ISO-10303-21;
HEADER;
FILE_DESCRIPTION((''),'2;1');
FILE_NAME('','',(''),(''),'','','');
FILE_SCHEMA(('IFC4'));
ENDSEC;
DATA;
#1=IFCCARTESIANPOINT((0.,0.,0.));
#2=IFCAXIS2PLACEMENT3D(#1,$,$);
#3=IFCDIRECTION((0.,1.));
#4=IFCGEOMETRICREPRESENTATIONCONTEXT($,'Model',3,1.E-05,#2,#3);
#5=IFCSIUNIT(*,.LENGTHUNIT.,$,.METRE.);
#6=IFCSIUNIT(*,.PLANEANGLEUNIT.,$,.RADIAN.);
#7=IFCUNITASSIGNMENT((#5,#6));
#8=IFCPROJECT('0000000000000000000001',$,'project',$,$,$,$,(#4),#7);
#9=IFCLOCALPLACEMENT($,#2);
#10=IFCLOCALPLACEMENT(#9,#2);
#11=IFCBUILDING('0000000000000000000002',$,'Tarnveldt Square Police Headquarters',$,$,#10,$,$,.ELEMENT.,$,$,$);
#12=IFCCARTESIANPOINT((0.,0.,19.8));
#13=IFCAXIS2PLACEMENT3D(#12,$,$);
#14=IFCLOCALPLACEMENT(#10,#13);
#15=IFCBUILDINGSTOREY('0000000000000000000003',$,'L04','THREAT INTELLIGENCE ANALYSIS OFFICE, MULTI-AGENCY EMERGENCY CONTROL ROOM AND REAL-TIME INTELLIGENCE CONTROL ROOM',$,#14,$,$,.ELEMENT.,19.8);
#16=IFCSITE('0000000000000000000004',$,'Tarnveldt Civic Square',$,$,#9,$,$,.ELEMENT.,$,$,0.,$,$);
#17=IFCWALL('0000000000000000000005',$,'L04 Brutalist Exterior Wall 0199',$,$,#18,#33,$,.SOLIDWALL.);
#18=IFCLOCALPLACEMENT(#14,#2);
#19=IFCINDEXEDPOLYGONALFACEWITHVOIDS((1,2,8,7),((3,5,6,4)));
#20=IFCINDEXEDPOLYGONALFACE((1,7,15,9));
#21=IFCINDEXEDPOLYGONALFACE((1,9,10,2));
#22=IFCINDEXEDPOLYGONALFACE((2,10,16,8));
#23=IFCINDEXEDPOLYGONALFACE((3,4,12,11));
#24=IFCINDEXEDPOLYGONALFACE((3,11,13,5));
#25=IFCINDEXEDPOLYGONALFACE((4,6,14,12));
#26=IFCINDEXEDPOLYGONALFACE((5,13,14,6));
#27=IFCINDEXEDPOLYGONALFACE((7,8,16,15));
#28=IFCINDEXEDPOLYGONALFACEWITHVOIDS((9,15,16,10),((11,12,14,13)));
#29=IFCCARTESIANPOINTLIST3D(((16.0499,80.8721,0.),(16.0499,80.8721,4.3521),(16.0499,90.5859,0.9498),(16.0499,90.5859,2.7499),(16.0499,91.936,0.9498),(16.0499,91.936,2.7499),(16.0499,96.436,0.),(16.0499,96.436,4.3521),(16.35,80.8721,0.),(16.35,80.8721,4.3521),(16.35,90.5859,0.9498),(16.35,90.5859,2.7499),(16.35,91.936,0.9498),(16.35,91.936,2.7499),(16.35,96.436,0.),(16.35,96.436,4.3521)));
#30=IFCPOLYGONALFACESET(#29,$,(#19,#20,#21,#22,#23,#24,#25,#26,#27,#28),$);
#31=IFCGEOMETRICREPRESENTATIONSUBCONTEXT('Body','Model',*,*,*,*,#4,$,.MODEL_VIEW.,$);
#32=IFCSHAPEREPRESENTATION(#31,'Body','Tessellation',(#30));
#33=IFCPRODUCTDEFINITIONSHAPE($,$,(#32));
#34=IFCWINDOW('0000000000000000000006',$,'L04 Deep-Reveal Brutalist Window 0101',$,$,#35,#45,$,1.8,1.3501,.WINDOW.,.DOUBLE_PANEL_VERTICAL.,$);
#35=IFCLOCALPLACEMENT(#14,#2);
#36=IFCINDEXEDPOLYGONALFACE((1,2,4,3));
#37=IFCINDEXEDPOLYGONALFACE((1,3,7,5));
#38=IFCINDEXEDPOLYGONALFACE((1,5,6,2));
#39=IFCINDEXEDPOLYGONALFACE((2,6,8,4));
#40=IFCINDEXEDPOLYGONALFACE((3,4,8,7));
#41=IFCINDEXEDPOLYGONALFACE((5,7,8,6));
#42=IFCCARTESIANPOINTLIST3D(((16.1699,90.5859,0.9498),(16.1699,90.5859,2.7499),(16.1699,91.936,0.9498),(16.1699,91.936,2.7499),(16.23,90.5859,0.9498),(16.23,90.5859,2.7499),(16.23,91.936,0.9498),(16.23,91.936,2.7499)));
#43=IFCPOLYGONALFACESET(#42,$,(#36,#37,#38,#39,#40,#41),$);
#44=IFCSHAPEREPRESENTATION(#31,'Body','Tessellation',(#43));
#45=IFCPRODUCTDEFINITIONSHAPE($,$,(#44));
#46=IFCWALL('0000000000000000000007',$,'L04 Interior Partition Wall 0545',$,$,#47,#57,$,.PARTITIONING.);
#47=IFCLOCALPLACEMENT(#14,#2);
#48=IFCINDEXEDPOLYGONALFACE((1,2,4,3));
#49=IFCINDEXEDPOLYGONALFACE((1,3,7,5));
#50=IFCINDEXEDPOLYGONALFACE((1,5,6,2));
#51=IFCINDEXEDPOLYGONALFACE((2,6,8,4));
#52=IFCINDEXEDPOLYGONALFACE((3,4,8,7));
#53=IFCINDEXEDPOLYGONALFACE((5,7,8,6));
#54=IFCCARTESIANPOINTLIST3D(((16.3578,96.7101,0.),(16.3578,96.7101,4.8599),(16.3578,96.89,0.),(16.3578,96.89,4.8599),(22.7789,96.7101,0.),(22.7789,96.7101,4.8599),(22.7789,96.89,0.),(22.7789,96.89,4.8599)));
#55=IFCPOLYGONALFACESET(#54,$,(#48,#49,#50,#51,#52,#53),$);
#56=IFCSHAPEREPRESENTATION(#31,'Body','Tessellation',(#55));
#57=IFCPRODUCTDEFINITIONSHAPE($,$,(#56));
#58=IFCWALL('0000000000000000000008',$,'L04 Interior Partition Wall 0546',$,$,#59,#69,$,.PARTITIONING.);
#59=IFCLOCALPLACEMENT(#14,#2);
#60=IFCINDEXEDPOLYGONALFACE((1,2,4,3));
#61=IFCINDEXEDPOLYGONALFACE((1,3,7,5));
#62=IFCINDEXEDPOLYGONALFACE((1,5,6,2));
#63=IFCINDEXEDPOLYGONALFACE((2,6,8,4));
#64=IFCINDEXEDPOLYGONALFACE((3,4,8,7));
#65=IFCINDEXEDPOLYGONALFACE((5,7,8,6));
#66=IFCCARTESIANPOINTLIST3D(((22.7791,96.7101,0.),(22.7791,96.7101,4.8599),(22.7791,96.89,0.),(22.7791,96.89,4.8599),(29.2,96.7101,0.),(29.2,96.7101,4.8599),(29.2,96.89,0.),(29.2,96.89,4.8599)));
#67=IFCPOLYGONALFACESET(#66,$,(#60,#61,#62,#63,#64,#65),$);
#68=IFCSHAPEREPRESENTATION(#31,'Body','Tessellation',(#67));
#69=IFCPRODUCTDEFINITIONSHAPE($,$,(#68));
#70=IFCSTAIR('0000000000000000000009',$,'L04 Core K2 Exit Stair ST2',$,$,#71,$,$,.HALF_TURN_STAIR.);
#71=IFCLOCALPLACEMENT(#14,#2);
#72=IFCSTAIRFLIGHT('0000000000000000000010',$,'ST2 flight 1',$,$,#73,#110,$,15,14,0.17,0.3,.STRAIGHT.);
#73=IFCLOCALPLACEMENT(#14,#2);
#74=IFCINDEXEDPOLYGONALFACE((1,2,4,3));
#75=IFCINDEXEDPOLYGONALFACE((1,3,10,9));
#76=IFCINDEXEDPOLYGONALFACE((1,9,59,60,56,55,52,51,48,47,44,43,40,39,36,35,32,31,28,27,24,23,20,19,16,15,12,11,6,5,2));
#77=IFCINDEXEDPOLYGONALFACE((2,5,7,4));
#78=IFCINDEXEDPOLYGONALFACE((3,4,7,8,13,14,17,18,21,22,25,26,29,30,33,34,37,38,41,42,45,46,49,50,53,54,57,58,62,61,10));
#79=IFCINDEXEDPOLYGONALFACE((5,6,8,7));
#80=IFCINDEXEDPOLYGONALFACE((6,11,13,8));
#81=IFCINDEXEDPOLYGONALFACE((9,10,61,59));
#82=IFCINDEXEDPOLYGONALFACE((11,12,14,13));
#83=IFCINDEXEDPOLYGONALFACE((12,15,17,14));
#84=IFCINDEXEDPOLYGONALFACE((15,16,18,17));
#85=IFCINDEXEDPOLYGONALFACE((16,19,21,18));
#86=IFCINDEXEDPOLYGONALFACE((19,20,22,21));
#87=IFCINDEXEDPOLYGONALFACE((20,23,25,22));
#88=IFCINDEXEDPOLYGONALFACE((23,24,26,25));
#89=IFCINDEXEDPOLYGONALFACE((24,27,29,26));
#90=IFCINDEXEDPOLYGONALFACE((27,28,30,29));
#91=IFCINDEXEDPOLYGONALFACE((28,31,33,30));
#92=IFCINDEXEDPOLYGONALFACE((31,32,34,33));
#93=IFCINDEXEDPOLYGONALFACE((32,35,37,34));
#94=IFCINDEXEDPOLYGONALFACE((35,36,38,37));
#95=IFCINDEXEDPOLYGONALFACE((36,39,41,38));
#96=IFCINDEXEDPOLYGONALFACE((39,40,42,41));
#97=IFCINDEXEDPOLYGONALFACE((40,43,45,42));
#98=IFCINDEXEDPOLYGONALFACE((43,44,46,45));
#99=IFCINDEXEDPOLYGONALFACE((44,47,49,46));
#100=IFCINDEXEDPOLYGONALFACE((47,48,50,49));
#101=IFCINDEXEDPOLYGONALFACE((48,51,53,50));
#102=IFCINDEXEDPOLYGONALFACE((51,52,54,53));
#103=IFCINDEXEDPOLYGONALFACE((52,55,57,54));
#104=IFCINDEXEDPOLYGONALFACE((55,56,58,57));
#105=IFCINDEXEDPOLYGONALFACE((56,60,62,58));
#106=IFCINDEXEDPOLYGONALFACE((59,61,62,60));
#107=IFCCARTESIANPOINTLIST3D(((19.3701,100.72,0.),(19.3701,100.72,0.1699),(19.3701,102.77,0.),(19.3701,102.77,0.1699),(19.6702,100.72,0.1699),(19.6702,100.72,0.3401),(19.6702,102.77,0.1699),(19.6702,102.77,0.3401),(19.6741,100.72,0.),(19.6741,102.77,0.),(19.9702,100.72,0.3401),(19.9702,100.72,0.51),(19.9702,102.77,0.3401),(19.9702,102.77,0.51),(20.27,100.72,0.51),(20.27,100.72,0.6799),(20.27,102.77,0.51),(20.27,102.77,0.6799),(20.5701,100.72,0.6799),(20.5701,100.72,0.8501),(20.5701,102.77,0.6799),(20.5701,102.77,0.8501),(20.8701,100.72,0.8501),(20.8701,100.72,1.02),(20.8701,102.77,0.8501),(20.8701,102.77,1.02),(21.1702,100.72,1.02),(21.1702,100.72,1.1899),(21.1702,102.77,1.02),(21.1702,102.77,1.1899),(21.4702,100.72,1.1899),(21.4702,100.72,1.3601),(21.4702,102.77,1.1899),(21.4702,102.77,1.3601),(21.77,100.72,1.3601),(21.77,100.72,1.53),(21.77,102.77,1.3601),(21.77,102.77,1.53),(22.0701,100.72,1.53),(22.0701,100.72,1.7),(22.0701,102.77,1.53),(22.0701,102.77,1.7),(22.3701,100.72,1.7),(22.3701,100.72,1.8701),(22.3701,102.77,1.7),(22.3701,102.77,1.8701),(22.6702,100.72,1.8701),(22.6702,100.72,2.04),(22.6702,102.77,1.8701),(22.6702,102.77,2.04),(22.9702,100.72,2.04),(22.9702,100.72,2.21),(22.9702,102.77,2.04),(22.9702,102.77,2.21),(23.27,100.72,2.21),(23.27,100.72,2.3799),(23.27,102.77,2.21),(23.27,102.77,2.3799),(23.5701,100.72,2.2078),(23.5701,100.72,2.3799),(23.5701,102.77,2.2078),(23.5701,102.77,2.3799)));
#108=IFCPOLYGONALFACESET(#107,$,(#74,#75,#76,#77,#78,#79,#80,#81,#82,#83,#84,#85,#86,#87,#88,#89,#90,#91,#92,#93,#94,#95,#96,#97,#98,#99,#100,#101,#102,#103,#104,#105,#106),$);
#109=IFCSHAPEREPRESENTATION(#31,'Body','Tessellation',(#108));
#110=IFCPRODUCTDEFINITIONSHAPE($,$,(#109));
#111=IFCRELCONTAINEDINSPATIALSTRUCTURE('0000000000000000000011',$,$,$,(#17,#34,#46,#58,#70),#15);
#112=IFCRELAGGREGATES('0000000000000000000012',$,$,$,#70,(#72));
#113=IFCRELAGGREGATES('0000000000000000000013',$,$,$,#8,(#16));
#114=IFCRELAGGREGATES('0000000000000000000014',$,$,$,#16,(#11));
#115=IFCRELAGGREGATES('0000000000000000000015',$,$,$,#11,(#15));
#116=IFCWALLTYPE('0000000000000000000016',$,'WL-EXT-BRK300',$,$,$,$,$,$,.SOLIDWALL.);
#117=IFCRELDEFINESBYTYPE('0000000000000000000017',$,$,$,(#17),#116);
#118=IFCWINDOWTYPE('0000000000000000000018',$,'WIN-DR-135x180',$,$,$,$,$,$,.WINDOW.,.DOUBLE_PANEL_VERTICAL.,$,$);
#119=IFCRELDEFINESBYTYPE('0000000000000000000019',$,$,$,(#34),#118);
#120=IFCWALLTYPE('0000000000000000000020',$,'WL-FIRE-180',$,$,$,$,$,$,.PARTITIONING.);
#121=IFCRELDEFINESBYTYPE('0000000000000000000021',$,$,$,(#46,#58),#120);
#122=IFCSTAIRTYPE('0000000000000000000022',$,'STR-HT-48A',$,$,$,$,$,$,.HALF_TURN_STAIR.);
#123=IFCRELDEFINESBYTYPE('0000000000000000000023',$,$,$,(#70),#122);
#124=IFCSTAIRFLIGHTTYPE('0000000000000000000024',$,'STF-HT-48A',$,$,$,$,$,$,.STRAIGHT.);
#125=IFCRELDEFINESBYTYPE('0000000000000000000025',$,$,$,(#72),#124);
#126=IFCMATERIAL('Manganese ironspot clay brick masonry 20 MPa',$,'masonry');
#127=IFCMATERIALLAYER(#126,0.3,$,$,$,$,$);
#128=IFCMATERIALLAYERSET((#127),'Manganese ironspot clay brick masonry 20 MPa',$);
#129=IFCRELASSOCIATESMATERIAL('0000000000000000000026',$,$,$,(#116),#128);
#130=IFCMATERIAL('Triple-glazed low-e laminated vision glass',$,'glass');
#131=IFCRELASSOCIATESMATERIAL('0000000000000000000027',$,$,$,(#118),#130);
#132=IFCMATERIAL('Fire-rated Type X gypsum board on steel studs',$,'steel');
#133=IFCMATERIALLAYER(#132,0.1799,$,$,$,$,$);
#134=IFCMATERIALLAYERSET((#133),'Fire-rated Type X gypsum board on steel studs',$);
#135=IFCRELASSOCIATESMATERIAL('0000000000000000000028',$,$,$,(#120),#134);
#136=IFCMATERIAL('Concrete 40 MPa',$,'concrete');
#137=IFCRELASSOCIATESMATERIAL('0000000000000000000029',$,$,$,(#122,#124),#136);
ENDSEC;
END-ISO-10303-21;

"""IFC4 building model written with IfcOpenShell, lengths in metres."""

from ifc_helpers import new_model, si_unit, direction, frame, frame_2d, origin, place, context, subcontext, project, spatial, polyline, rectangle, outline, extrude, material, layer, layer_set, type_object, element, fill, aggregate, save


model = new_model("IFC4")

# Units and contexts
model_context = context("Model", 3, precision=1e-05, world=origin(), true_north=direction((0.0, 1.0)))
body_context = subcontext(model_context, "Body", "Model", "MODEL_VIEW")
ifc_project = project(units=[si_unit("LENGTHUNIT", "METRE"), si_unit("PLANEANGLEUNIT", "RADIAN")], contexts=[model_context])

# Site, building, storey
site_placement = place(None, origin())
site = spatial("IfcSite", under=ifc_project, at=site_placement, Name="Tarnveldt Civic Square", CompositionType="ELEMENT", RefElevation=0.0)
building_placement = place(site_placement, origin())
building = spatial("IfcBuilding", under=site, at=building_placement, Name="Tarnveldt Square Police Headquarters", CompositionType="ELEMENT")
storey_placement = place(building_placement, frame((0.0, 0.0, 19.8)))
storey = spatial("IfcBuildingStorey", under=building, at=storey_placement, Name="L04", Description="THREAT INTELLIGENCE ANALYSIS OFFICE, MULTI-AGENCY EMERGENCY CONTROL ROOM AND REAL-TIME INTELLIGENCE CONTROL ROOM", CompositionType="ELEMENT", Elevation=19.8)

# Shared definitions
ifc_material_1 = material(Name="Concrete 40 MPa", Category="concrete")

# Shared definitions
ifc_material_2 = material(Name="Manganese ironspot clay brick masonry 20 MPa", Category="masonry")
ifc_layer_1 = layer(ifc_material_2, 0.3)
ifc_layer_set_1 = layer_set([ifc_layer_1], Name="Manganese ironspot clay brick masonry 20 MPa")
wall_type_1 = type_object("IfcWallType", Name="WL-EXT-BRK300", PredefinedType="SOLIDWALL", material=ifc_layer_set_1)

# Wall, opening, window
wall_1_placement = place(storey_placement, frame((16.2, 96.436, 0.0), z_axis=(0.0, 0.0, 1.0), x_axis=(0.0, -1.0, 0.0)))
wall_1 = element("IfcWall", 1, at=wall_1_placement, inside=storey, type_object=wall_type_1, Name="L04 Brutalist Exterior Wall 0199", PredefinedType="SOLIDWALL", context=body_context, shape_type="SweptSolid", body=[
    extrude(rectangle(XDim=15.564, YDim=0.3, at=frame_2d((7.782, 0.0))), origin(), (0.0, 0.0, 1.0), 4.3521),
])
opening_1_placement = place(wall_1_placement, frame((4.5, 0.0, 0.95)))
opening_1 = element("IfcOpeningElement", 2, at=opening_1_placement, cuts=wall_1, PredefinedType="OPENING", context=body_context, shape_type="SweptSolid", body=[
    extrude(rectangle(XDim=1.3501, YDim=1.8, at=frame_2d((0.675, 0.8999))), frame((0.0, 0.1599, 0.0), z_axis=(0.0, -1.0, 0.0), x_axis=(1.0, 0.0, 0.0)), (0.0, 0.0, 1.0), 0.3201),
])
ifc_material_3 = material(Name="Triple-glazed low-e laminated vision glass", Category="glass")
window_type = type_object("IfcWindowType", Name="WIN-DR-135x180", PartitioningType="DOUBLE_PANEL_VERTICAL", PredefinedType="WINDOW", material=ifc_material_3)
window_placement = place(opening_1_placement, origin())
window = element("IfcWindow", 3, at=window_placement, inside=storey, type_object=window_type, Name="L04 Deep-Reveal Brutalist Window 0101", OverallHeight=1.8, OverallWidth=1.3501, PartitioningType="DOUBLE_PANEL_VERTICAL", PredefinedType="WINDOW", context=body_context, shape_type="SweptSolid", body=[
    extrude(rectangle(XDim=1.3501, YDim=1.8, at=frame_2d((0.675, 0.8999))), frame((0.0, 0.03, 0.0), z_axis=(0.0, -1.0, 0.0), x_axis=(1.0, 0.0, 0.0)), (0.0, 0.0, 1.0), 0.0601),
])
fill(opening_1, window)

# Walls
ifc_material_4 = material(Name="Fire-rated Type X gypsum board on steel studs", Category="steel")
ifc_layer_2 = layer(ifc_material_4, 0.1799)
ifc_layer_set_2 = layer_set([ifc_layer_2], Name="Fire-rated Type X gypsum board on steel studs")
wall_type_2 = type_object("IfcWallType", Name="WL-FIRE-180", PredefinedType="PARTITIONING", material=ifc_layer_set_2)
wall_2_placement = place(storey_placement, frame((16.3579, 96.8, 0.0), z_axis=(0.0, 0.0, 1.0), x_axis=(1.0, 0.0, 0.0)))
element("IfcWall", 4, at=wall_2_placement, inside=storey, type_object=wall_type_2, Name="L04 Interior Partition Wall 0545", PredefinedType="PARTITIONING", context=body_context, shape_type="SweptSolid", body=[
    extrude(rectangle(XDim=6.4211, YDim=0.1799, at=frame_2d((3.2104, 0.0))), origin(), (0.0, 0.0, 1.0), 4.8599),
])
wall_3_placement = place(storey_placement, frame((22.7791, 96.8, 0.0), z_axis=(0.0, 0.0, 1.0), x_axis=(1.0, 0.0, 0.0)))
element("IfcWall", 5, at=wall_3_placement, inside=storey, type_object=wall_type_2, Name="L04 Interior Partition Wall 0546", PredefinedType="PARTITIONING", context=body_context, shape_type="SweptSolid", body=[
    extrude(rectangle(XDim=6.4209, YDim=0.1799, at=frame_2d((3.2104, 0.0))), origin(), (0.0, 0.0, 1.0), 4.8599),
])

# Stair, stair flight
stair_type = type_object("IfcStairType", Name="STR-HT-48A", PredefinedType="HALF_TURN_STAIR", material=ifc_material_1)
stair_placement = place(storey_placement, origin())
stair = element("IfcStair", 6, at=stair_placement, inside=storey, type_object=stair_type, Name="L04 Core K2 Exit Stair ST2", PredefinedType="HALF_TURN_STAIR")
stair_flight_type = type_object("IfcStairFlightType", Name="STF-HT-48A", PredefinedType="STRAIGHT", material=ifc_material_1)
stair_flight_placement = place(storey_placement, frame((19.3701, 101.7451, 0.0), z_axis=(0.0, 0.0, 1.0), x_axis=(1.0, 0.0, 0.0)))
stair_flight = element("IfcStairFlight", 7, at=stair_flight_placement, type_object=stair_flight_type, Name="ST2 flight 1", NumberOfRisers=15, NumberOfTreads=14, PredefinedType="STRAIGHT", RiserHeight=0.17, TreadLength=0.3, context=body_context, shape_type="SweptSolid", body=[
    extrude(outline(polyline([(0.0, 0.0), (0.0, 0.1699), (0.3, 0.1699), (0.3, 0.3401), (0.6001, 0.3401), (0.6001, 0.51), (0.8999, 0.51), (0.8999, 0.6799), (1.2, 0.6799), (1.2, 0.8501), (1.5, 0.8501), (1.5, 1.02), (1.8, 1.02), (1.8, 1.1899), (2.1001, 1.1899), (2.1001, 1.3601), (2.3999, 1.3601), (2.3999, 1.53), (2.7, 1.53), (2.7, 1.7), (3.0, 1.7), (3.0, 1.8701), (3.3, 1.8701), (3.3, 2.04), (3.6001, 2.04), (3.6001, 2.21), (3.8999, 2.21), (3.8999, 2.3799), (4.2, 2.3799), (4.2, 2.55), (4.2, 2.2078), (0.304, 0.0), (0.0, 0.0)])), frame((0.0, 1.0249, 0.0), z_axis=(0.0, -1.0, 0.0), x_axis=(1.0, 0.0, 0.0)), (0.0, 0.0, 1.0), 2.05),
])
aggregate(stair, [stair_flight])

save(model, "model.ifc")
